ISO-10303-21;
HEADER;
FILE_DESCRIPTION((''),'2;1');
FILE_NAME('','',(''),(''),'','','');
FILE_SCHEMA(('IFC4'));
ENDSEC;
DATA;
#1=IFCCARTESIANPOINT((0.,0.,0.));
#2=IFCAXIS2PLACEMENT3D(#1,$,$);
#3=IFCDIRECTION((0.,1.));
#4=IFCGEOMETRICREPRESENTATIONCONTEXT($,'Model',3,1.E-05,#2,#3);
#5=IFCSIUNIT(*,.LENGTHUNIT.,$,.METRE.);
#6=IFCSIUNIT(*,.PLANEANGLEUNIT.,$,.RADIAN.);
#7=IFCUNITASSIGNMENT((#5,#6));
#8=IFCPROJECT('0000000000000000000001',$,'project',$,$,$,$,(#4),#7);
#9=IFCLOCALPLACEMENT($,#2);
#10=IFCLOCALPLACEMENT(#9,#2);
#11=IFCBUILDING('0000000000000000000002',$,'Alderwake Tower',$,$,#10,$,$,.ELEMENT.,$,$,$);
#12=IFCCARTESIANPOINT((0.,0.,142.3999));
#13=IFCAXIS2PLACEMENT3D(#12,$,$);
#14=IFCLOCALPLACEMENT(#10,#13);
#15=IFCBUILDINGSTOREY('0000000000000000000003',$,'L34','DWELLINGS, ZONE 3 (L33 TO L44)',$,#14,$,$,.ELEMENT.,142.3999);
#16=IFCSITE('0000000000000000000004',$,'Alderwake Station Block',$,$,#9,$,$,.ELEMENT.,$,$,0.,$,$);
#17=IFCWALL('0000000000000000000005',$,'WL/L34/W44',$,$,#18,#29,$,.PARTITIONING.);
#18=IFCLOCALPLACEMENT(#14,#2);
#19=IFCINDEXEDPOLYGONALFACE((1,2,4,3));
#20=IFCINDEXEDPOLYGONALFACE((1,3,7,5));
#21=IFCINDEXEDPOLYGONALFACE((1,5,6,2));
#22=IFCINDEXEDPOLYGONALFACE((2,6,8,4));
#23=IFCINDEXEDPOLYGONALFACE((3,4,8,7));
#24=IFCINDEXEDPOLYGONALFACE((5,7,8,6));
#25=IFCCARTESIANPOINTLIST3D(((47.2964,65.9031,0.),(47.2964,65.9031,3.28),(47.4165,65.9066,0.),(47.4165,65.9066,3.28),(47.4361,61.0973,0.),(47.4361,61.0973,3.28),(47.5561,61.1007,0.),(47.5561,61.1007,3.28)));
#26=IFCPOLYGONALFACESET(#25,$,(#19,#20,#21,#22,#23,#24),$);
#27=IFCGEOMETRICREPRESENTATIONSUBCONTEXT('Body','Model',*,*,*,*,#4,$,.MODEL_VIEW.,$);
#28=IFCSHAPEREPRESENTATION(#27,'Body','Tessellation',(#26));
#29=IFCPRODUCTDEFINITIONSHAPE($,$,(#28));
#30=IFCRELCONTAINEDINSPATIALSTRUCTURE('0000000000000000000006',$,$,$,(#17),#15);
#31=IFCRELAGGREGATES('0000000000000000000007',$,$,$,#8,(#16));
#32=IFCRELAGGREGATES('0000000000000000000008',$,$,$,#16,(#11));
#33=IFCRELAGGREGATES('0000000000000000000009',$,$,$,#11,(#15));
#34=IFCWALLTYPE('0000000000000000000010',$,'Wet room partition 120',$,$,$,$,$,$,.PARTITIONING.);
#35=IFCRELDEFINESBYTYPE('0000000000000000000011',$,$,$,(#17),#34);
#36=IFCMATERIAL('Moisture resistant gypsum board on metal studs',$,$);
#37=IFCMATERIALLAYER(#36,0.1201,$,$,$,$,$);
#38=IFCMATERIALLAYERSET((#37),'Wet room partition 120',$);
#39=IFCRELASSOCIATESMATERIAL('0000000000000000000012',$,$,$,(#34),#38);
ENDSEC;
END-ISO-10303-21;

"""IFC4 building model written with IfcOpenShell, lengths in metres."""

from ifc_helpers import new_model, si_unit, direction, frame, frame_2d, origin, place, context, subcontext, project, spatial, rectangle, extrude, material, layer, layer_set, type_object, element, save


model = new_model("IFC4")

# Units and contexts
model_context = context("Model", 3, precision=1e-05, world=origin(), true_north=direction((0.0, 1.0)))
body_context = subcontext(model_context, "Body", "Model", "MODEL_VIEW")
ifc_project = project(units=[si_unit("LENGTHUNIT", "METRE"), si_unit("PLANEANGLEUNIT", "RADIAN")], contexts=[model_context])

# Site, building, storey
site_placement = place(None, origin())
site = spatial("IfcSite", under=ifc_project, at=site_placement, Name="Alderwake Station Block", CompositionType="ELEMENT", RefElevation=0.0)
building_placement = place(site_placement, origin())
building = spatial("IfcBuilding", under=site, at=building_placement, Name="Alderwake Tower", CompositionType="ELEMENT")
storey_placement = place(building_placement, frame((0.0, 0.0, 142.3999)))
storey = spatial("IfcBuildingStorey", under=building, at=storey_placement, Name="L34", Description="DWELLINGS, ZONE 3 (L33 TO L44)", CompositionType="ELEMENT", Elevation=142.3999)

# Shared definitions
ifc_material_1 = material(Name="Moisture resistant gypsum board on metal studs")
ifc_layer_1 = layer(ifc_material_1, 0.1201)
ifc_layer_set_1 = layer_set([ifc_layer_1], Name="Wet room partition 120")
wall_type_1 = type_object("IfcWallType", Name="Wet room partition 120", PredefinedType="PARTITIONING", material=ifc_layer_set_1)

# Wall
wall_1_placement = place(storey_placement, frame((47.4961, 61.0991, 0.0), z_axis=(0.0, 0.0, 1.0), x_axis=(-0.029045, 0.999578, 0.0)))
element("IfcWall", 1, at=wall_1_placement, inside=storey, type_object=wall_type_1, Name="WL/L34/W44", PredefinedType="PARTITIONING", context=body_context, shape_type="SweptSolid", body=[
    extrude(rectangle(XDim=4.8079, YDim=0.1201, at=frame_2d((2.4038, 0.0))), origin(), (0.0, 0.0, 1.0), 3.28),
])

save(model, "model.ifc")
